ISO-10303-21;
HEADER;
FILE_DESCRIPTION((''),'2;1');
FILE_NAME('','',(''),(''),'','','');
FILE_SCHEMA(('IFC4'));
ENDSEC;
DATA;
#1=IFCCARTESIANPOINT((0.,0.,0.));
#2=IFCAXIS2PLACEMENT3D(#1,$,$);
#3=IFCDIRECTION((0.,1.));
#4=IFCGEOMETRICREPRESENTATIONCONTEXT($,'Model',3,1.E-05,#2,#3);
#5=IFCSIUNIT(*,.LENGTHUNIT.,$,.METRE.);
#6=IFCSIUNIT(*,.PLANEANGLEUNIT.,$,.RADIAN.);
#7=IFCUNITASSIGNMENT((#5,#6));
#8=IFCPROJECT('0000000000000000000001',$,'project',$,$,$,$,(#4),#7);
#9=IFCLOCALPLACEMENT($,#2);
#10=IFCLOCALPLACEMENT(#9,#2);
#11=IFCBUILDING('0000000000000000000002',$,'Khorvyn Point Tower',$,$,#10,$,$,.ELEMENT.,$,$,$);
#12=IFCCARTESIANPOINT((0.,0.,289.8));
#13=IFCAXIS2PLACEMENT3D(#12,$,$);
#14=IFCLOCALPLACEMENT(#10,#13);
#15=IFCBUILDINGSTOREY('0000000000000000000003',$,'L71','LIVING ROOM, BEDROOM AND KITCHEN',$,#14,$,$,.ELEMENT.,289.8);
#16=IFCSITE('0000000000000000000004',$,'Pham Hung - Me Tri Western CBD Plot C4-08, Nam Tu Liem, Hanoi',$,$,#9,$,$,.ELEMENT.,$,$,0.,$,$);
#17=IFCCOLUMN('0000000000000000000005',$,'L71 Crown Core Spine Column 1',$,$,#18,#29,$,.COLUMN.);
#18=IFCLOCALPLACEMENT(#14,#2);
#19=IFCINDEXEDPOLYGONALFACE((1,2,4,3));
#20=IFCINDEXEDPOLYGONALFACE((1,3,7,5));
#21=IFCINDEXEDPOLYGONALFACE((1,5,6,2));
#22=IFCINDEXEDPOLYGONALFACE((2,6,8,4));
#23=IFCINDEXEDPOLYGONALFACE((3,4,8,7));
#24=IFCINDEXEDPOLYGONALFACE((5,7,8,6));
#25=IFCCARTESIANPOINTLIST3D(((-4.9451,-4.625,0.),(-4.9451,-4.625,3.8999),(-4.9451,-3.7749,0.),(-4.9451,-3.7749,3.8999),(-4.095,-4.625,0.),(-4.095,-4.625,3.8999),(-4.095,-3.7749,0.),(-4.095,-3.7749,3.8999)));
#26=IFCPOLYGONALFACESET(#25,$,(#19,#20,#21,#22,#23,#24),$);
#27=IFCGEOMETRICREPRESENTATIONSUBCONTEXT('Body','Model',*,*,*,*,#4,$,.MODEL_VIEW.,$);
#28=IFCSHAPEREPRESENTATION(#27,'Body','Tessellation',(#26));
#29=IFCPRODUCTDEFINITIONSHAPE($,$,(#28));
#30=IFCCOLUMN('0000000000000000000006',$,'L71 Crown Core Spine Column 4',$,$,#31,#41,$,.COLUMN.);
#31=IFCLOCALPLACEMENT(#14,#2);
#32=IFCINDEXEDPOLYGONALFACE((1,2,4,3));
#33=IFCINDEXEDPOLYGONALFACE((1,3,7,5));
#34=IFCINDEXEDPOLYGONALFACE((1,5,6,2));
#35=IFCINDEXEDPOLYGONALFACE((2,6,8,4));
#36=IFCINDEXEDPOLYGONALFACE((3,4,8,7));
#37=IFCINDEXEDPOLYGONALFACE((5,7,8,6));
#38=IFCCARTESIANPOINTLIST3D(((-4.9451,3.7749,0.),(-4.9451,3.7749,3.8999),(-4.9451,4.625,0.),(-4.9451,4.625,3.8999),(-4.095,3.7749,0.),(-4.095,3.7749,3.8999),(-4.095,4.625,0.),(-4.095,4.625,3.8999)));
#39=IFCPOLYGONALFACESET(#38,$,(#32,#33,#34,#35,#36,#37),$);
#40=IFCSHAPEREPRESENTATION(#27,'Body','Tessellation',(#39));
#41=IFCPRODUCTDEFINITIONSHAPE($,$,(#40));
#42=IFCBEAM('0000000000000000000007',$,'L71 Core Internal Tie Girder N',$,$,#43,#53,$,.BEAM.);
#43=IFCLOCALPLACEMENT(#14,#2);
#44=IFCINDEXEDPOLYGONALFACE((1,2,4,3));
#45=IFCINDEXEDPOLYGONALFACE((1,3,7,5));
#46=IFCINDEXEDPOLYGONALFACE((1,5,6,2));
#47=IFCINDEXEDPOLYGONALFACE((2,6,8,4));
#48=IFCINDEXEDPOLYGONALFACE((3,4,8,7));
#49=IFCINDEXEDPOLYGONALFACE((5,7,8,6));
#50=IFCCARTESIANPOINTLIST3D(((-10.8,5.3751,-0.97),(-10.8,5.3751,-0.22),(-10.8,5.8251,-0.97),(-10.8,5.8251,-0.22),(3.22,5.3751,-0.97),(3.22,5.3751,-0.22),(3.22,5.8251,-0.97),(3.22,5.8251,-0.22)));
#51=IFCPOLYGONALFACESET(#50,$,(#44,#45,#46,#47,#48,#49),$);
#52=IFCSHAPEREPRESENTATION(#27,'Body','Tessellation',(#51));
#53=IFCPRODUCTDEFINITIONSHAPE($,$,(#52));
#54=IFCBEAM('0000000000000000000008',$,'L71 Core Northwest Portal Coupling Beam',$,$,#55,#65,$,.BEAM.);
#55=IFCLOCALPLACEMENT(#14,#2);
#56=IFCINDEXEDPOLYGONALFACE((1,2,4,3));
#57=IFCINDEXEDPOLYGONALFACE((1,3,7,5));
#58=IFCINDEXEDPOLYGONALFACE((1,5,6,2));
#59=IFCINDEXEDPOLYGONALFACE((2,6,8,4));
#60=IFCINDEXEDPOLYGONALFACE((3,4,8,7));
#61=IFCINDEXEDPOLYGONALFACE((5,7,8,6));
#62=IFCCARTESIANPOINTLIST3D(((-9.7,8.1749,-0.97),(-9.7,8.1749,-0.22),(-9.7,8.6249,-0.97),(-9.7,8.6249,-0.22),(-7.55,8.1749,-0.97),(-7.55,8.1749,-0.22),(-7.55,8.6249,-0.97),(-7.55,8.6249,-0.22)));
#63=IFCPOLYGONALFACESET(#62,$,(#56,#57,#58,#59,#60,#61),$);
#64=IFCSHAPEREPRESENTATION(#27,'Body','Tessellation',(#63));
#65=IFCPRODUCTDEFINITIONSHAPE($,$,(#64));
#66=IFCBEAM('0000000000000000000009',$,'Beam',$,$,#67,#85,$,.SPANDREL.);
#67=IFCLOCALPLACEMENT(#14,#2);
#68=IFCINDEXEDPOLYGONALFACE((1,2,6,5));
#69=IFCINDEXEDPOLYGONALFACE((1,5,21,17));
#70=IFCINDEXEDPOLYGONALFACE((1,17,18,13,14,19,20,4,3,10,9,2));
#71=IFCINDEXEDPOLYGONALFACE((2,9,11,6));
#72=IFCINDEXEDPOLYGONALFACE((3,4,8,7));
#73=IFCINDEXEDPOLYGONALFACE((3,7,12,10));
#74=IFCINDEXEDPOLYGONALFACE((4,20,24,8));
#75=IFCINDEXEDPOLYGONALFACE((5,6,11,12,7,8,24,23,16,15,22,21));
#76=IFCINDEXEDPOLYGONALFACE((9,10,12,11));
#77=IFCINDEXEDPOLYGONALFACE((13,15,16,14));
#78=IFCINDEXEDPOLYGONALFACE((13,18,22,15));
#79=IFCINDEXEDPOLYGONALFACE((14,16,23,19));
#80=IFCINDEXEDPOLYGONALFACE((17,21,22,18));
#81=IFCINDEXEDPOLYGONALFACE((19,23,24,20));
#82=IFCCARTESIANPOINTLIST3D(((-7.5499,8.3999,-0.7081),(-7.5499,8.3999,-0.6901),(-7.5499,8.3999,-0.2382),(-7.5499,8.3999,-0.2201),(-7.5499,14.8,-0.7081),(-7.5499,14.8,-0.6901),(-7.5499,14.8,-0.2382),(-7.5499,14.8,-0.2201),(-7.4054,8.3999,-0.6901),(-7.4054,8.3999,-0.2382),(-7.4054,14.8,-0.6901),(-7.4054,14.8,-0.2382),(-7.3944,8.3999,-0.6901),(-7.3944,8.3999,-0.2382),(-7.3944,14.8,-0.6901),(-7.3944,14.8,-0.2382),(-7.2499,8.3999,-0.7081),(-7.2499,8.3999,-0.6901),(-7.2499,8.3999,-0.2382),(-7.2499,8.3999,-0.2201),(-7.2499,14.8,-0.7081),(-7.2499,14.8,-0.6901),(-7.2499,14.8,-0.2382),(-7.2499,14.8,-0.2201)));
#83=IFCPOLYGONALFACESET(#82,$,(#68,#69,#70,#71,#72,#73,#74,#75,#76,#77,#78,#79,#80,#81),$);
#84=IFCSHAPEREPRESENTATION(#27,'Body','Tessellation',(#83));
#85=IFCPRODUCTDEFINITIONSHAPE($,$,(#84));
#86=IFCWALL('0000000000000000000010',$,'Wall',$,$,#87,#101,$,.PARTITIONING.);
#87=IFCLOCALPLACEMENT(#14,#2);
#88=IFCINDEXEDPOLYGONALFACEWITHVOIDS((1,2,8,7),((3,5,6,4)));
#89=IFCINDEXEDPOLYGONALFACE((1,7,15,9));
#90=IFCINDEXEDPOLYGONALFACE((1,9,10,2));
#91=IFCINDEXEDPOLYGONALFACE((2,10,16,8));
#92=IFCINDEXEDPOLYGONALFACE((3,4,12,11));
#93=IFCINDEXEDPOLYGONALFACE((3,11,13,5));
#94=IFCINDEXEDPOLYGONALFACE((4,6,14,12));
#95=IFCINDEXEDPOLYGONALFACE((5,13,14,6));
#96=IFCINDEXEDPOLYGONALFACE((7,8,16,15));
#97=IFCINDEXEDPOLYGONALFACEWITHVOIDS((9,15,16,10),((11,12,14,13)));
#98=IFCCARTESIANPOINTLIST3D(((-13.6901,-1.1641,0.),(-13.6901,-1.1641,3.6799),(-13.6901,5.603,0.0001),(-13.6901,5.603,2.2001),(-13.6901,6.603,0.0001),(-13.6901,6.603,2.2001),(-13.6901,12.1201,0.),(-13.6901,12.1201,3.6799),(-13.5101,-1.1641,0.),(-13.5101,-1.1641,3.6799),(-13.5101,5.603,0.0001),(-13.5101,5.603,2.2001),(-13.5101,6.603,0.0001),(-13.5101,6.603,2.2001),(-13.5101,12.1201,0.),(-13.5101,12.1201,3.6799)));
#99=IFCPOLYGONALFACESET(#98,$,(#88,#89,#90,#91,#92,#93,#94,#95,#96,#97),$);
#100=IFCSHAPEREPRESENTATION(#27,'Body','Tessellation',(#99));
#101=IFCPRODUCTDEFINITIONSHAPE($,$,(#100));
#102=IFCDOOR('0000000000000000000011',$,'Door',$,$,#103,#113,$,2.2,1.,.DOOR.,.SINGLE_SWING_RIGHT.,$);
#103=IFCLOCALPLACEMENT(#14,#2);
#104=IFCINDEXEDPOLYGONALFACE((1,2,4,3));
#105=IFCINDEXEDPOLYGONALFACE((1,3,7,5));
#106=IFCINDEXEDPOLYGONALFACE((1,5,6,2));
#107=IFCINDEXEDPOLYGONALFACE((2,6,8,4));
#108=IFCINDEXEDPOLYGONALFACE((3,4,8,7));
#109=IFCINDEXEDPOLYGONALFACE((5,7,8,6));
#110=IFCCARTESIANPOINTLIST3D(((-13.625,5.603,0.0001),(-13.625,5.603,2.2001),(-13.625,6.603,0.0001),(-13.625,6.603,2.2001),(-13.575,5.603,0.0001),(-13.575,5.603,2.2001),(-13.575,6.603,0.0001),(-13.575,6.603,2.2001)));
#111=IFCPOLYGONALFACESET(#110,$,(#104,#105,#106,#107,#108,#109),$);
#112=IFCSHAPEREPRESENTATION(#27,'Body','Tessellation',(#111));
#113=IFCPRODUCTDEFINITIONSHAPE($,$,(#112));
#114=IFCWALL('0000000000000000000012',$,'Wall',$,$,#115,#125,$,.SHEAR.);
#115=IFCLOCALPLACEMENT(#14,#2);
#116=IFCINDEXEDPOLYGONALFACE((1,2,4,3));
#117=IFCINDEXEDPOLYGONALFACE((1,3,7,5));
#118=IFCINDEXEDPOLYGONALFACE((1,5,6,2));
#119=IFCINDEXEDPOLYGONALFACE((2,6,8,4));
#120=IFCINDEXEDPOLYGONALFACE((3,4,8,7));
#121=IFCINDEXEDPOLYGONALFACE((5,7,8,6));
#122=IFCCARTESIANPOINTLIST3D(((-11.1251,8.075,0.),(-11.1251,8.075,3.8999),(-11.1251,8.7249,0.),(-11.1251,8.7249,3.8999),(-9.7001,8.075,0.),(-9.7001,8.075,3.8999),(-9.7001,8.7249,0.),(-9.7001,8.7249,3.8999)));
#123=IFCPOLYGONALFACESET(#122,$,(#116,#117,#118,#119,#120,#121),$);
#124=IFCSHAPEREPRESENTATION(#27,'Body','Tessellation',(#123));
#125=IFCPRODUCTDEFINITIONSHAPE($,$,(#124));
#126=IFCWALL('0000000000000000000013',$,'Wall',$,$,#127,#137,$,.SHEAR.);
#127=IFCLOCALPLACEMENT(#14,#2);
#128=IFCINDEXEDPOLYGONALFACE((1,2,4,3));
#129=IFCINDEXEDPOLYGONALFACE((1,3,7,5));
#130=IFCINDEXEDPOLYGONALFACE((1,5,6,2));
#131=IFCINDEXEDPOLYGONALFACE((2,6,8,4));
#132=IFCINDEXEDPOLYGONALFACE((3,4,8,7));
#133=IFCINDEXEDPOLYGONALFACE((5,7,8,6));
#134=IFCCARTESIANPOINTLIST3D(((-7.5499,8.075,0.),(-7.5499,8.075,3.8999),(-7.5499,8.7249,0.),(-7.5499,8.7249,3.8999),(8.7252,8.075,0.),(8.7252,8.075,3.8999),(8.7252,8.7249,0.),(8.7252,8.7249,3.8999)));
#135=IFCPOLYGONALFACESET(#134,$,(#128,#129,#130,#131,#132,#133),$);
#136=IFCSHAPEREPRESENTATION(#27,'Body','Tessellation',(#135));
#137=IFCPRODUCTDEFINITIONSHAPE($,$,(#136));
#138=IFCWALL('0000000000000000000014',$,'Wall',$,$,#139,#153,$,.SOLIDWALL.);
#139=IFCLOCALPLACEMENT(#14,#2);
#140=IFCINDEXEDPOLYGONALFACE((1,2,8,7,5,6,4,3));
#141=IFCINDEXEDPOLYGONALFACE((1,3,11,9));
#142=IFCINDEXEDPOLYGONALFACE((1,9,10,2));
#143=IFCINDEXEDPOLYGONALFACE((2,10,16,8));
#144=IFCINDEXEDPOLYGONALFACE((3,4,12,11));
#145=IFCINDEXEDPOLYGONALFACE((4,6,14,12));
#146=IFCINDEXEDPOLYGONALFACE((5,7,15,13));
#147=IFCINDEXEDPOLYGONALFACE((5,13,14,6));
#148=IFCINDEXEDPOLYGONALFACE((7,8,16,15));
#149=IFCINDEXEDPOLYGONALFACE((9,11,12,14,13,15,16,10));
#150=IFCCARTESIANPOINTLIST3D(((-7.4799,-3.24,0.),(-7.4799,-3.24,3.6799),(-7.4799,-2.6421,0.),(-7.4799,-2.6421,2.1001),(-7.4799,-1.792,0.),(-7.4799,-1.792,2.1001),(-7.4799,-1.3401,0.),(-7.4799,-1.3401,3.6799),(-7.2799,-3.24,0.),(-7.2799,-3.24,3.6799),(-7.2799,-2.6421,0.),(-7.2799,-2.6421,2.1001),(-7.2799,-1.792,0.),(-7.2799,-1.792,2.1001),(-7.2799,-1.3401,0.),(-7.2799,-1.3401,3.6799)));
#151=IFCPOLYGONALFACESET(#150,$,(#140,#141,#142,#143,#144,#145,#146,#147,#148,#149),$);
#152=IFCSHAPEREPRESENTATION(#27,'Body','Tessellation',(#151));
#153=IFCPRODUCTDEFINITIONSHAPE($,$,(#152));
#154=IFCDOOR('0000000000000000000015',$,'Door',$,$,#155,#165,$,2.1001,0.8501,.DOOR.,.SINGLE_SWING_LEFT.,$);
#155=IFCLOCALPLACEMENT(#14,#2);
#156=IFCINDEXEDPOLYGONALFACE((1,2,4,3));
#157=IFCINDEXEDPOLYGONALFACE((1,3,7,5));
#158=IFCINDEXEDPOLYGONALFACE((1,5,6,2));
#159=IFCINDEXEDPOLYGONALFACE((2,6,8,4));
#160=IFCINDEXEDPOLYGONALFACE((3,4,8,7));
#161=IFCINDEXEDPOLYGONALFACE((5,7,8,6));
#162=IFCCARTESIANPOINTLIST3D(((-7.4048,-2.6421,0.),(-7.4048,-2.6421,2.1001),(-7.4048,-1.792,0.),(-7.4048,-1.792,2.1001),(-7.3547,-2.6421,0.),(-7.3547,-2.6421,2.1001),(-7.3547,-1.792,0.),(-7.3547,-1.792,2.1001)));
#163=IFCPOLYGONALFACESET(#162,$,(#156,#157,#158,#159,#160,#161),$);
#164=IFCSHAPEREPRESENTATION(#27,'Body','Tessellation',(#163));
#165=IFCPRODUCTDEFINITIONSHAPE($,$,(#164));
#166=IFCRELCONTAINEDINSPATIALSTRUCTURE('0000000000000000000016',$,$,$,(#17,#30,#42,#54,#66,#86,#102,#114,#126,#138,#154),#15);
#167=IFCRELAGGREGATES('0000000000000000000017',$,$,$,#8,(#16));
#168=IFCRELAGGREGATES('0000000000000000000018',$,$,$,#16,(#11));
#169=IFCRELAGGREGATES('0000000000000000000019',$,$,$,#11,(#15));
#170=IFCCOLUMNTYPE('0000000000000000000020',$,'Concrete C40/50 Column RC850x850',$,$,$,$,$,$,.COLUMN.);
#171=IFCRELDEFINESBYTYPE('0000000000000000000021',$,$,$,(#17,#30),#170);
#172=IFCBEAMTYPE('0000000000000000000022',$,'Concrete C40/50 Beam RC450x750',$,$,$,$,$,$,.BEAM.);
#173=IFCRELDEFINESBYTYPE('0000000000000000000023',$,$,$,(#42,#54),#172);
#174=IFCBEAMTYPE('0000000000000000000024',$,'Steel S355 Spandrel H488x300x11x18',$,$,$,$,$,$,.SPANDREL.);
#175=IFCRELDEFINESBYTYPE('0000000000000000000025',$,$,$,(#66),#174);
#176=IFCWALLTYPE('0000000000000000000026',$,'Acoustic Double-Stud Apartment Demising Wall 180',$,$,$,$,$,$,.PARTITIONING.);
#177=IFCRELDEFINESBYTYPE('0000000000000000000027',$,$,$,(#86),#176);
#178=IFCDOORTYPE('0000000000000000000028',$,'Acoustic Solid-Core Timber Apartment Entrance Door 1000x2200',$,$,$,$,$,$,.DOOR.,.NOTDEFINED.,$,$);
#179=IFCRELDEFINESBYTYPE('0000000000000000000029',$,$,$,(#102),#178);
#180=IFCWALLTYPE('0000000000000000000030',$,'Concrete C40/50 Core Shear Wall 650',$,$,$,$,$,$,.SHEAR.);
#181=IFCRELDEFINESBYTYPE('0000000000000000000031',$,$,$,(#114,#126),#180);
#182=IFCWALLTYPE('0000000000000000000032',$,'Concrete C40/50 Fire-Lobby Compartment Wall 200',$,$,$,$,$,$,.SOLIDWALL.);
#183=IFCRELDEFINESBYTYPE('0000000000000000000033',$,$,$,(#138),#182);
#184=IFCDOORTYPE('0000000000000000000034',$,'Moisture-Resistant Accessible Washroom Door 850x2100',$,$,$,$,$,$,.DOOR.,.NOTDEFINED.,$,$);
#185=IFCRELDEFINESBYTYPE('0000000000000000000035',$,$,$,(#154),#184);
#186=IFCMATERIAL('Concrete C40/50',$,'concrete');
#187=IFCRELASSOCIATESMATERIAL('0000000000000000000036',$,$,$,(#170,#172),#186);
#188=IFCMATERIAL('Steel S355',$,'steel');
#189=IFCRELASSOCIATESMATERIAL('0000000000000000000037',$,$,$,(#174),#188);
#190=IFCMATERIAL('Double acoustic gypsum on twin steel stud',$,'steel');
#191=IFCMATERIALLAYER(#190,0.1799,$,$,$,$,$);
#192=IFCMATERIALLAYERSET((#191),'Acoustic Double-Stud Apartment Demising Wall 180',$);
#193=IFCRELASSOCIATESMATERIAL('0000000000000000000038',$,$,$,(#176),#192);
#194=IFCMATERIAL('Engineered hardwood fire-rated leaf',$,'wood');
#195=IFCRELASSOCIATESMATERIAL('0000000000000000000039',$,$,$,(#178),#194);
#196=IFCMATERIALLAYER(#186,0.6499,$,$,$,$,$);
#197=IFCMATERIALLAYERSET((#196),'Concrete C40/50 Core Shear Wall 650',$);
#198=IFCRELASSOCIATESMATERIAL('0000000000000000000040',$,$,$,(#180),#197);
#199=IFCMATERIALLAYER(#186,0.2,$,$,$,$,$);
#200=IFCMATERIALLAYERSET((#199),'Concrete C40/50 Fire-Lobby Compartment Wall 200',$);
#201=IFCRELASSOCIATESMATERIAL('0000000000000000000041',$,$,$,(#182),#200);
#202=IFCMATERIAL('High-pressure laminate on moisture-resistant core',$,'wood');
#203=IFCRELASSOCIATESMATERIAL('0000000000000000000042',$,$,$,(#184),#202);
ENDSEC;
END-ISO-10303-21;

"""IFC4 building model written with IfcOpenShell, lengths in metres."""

from ifc_helpers import new_model, si_unit, direction, frame, frame_2d, origin, origin_2d, place, context, subcontext, project, spatial, rectangle, i_section, extrude, material, layer, layer_set, material_profile, profile_set, type_object, element, fill, save


model = new_model("IFC4")

# Units and contexts
model_context = context("Model", 3, precision=1e-05, world=origin(), true_north=direction((0.0, 1.0)))
body_context = subcontext(model_context, "Body", "Model", "MODEL_VIEW")
ifc_project = project(units=[si_unit("LENGTHUNIT", "METRE"), si_unit("PLANEANGLEUNIT", "RADIAN")], contexts=[model_context])

# Site, building, storey
site_placement = place(None, origin())
site = spatial("IfcSite", under=ifc_project, at=site_placement, Name="Pham Hung - Me Tri Western CBD Plot C4-08, Nam Tu Liem, Hanoi", CompositionType="ELEMENT", RefElevation=0.0)
building_placement = place(site_placement, origin())
building = spatial("IfcBuilding", under=site, at=building_placement, Name="Khorvyn Point Tower", CompositionType="ELEMENT")
storey_placement = place(building_placement, frame((0.0, 0.0, 289.8)))
storey = spatial("IfcBuildingStorey", under=building, at=storey_placement, Name="L71", Description="LIVING ROOM, BEDROOM AND KITCHEN", CompositionType="ELEMENT", Elevation=289.8)

# Columns
ifc_material_1 = material(Name="Concrete C40/50", Category="concrete")
ifc_material_profile_1 = material_profile(ifc_material_1, rectangle(XDim=0.8501, YDim=0.8501, at=origin_2d()))
ifc_profile_set_1 = profile_set([ifc_material_profile_1], Name="Concrete C40/50 RC850x850")
column_type = type_object("IfcColumnType", Name="Concrete C40/50 Column RC850x850", PredefinedType="COLUMN", material=ifc_profile_set_1)
for number, where, z_axis, x_axis, name in (
    (1, (-4.52, -4.2, 0.0), (0.0, 0.0, 1.0), (1.0, 0.0, 0.0), "L71 Crown Core Spine Column 1"),
    (2, (-4.52, 4.2, 0.0), (0.0, 0.0, 1.0), (1.0, 0.0, 0.0), "L71 Crown Core Spine Column 4"),
):
    element("IfcColumn", number, at=place(storey_placement, frame(where, z_axis=z_axis, x_axis=x_axis)), inside=storey, type_object=column_type, Name=name, PredefinedType="COLUMN", context=body_context, shape_type="SweptSolid", body=[
        extrude(rectangle(XDim=0.8501, YDim=0.8501, at=origin_2d()), origin(), (0.0, 0.0, 1.0), 3.8999),
    ])

# Beams
ifc_material_profile_2 = material_profile(ifc_material_1, rectangle(XDim=0.45, YDim=0.75, at=origin_2d()))
ifc_profile_set_2 = profile_set([ifc_material_profile_2], Name="Concrete C40/50 RC450x750")
beam_type_1 = type_object("IfcBeamType", Name="Concrete C40/50 Beam RC450x750", PredefinedType="BEAM", material=ifc_profile_set_2)
beam_1_placement = place(storey_placement, frame((-10.8, 5.6001, -0.595), z_axis=(1.0, 0.0, 0.0), x_axis=(0.0, 1.0, 0.0)))
element("IfcBeam", 3, at=beam_1_placement, inside=storey, type_object=beam_type_1, Name="L71 Core Internal Tie Girder N", PredefinedType="BEAM", context=body_context, shape_type="SweptSolid", body=[
    extrude(rectangle(XDim=0.45, YDim=0.75, at=origin_2d()), origin(), (0.0, 0.0, 1.0), 14.02),
])
beam_2_placement = place(storey_placement, frame((-9.7, 8.3999, -0.595), z_axis=(1.0, 0.0, 0.0), x_axis=(0.0, 1.0, 0.0)))
element("IfcBeam", 4, at=beam_2_placement, inside=storey, type_object=beam_type_1, Name="L71 Core Northwest Portal Coupling Beam", PredefinedType="BEAM", context=body_context, shape_type="SweptSolid", body=[
    extrude(rectangle(XDim=0.45, YDim=0.75, at=origin_2d()), origin(), (0.0, 0.0, 1.0), 2.1499),
])
ifc_material_2 = material(Name="Steel S355", Category="steel")
ifc_material_profile_3 = material_profile(ifc_material_2, i_section(OverallWidth=0.3, OverallDepth=0.488, WebThickness=0.011, FlangeThickness=0.0181, at=origin_2d()))
ifc_profile_set_3 = profile_set([ifc_material_profile_3], Name="Steel S355 H488x300x11x18")
beam_type_2 = type_object("IfcBeamType", Name="Steel S355 Spandrel H488x300x11x18", PredefinedType="SPANDREL", material=ifc_profile_set_3)
beam_3_placement = place(storey_placement, frame((-7.3999, 8.3999, -0.4641), z_axis=(0.0, 1.0, 0.0), x_axis=(-1.0, 0.0, 0.0)))
element("IfcBeam", 5, at=beam_3_placement, inside=storey, type_object=beam_type_2, Name="Beam", PredefinedType="SPANDREL", context=body_context, shape_type="SweptSolid", body=[
    extrude(i_section(OverallWidth=0.3, OverallDepth=0.488, WebThickness=0.011, FlangeThickness=0.0181, at=origin_2d()), origin(), (0.0, 0.0, 1.0), 6.4001),
])

# Wall, opening, door
ifc_material_3 = material(Name="Double acoustic gypsum on twin steel stud", Category="steel")
ifc_layer_1 = layer(ifc_material_3, 0.1799)
ifc_layer_set_1 = layer_set([ifc_layer_1], Name="Acoustic Double-Stud Apartment Demising Wall 180")
wall_type_1 = type_object("IfcWallType", Name="Acoustic Double-Stud Apartment Demising Wall 180", PredefinedType="PARTITIONING", material=ifc_layer_set_1)
wall_1_placement = place(storey_placement, frame((-13.6001, -1.1641, 0.0), z_axis=(0.0, 0.0, 1.0), x_axis=(0.0, 1.0, 0.0)))
wall_1 = element("IfcWall", 6, at=wall_1_placement, inside=storey, type_object=wall_type_1, Name="Wall", PredefinedType="PARTITIONING", context=body_context, shape_type="SweptSolid", body=[
    extrude(rectangle(XDim=13.2842, YDim=0.1799, at=frame_2d((6.6421, 0.0))), origin(), (0.0, 0.0, 1.0), 3.6799),
])
opening_1_placement = place(wall_1_placement, frame((6.7671, 0.0, 0.0)))
opening_1 = element("IfcOpeningElement", 7, at=opening_1_placement, cuts=wall_1, PredefinedType="OPENING", context=body_context, shape_type="SweptSolid", body=[
    extrude(rectangle(XDim=1.0, YDim=2.2, at=frame_2d((0.5, 1.1001))), frame((0.0, 0.0999, 0.0), z_axis=(0.0, -1.0, 0.0), x_axis=(1.0, 0.0, 0.0)), (0.0, 0.0, 1.0), 0.2),
])
ifc_material_4 = material(Name="Engineered hardwood fire-rated leaf", Category="wood")
door_type_1 = type_object("IfcDoorType", Name="Acoustic Solid-Core Timber Apartment Entrance Door 1000x2200", OperationType="NOTDEFINED", PredefinedType="DOOR", material=ifc_material_4)
door_1_placement = place(opening_1_placement, origin())
door_1 = element("IfcDoor", 8, at=door_1_placement, inside=storey, type_object=door_type_1, Name="Door", OperationType="SINGLE_SWING_RIGHT", OverallHeight=2.2, OverallWidth=1.0, PredefinedType="DOOR", context=body_context, shape_type="SweptSolid", body=[
    extrude(rectangle(XDim=1.0, YDim=2.2, at=frame_2d((0.5, 1.1001))), frame((0.0, 0.0249, 0.0), z_axis=(0.0, -1.0, 0.0), x_axis=(1.0, 0.0, 0.0)), (0.0, 0.0, 1.0), 0.05),
])
fill(opening_1, door_1)

# Walls
ifc_layer_2 = layer(ifc_material_1, 0.6499)
ifc_layer_set_2 = layer_set([ifc_layer_2], Name="Concrete C40/50 Core Shear Wall 650")
wall_type_2 = type_object("IfcWallType", Name="Concrete C40/50 Core Shear Wall 650", PredefinedType="SHEAR", material=ifc_layer_set_2)
wall_2_placement = place(storey_placement, frame((-11.125, 8.3999, 0.0), z_axis=(0.0, 0.0, 1.0), x_axis=(1.0, 0.0, 0.0)))
element("IfcWall", 9, at=wall_2_placement, inside=storey, type_object=wall_type_2, Name="Wall", PredefinedType="SHEAR", context=body_context, shape_type="SweptSolid", body=[
    extrude(rectangle(XDim=1.425, YDim=0.6499, at=frame_2d((0.7124, 0.0))), origin(), (0.0, 0.0, 1.0), 3.8999),
])
wall_3_placement = place(storey_placement, frame((-7.55, 8.3999, 0.0), z_axis=(0.0, 0.0, 1.0), x_axis=(1.0, 0.0, 0.0)))
element("IfcWall", 10, at=wall_3_placement, inside=storey, type_object=wall_type_2, Name="Wall", PredefinedType="SHEAR", context=body_context, shape_type="SweptSolid", body=[
    extrude(rectangle(XDim=16.2751, YDim=0.6499, at=frame_2d((8.1377, 0.0))), origin(), (0.0, 0.0, 1.0), 3.8999),
])

# Wall, opening, door
ifc_layer_3 = layer(ifc_material_1, 0.2)
ifc_layer_set_3 = layer_set([ifc_layer_3], Name="Concrete C40/50 Fire-Lobby Compartment Wall 200")
wall_type_3 = type_object("IfcWallType", Name="Concrete C40/50 Fire-Lobby Compartment Wall 200", PredefinedType="SOLIDWALL", material=ifc_layer_set_3)
wall_4_placement = place(storey_placement, frame((-7.3799, -3.24, 0.0), z_axis=(0.0, 0.0, 1.0), x_axis=(0.0, 1.0, 0.0)))
wall_4 = element("IfcWall", 11, at=wall_4_placement, inside=storey, type_object=wall_type_3, Name="Wall", PredefinedType="SOLIDWALL", context=body_context, shape_type="SweptSolid", body=[
    extrude(rectangle(XDim=1.8999, YDim=0.2, at=frame_2d((0.95, 0.0))), origin(), (0.0, 0.0, 1.0), 3.6799),
])
opening_2_placement = place(wall_4_placement, frame((0.5979, 0.0, 0.0)))
opening_2 = element("IfcOpeningElement", 12, at=opening_2_placement, cuts=wall_4, PredefinedType="OPENING", context=body_context, shape_type="SweptSolid", body=[
    extrude(rectangle(XDim=0.8501, YDim=2.1001, at=frame_2d((0.425, 1.05))), frame((0.0, 0.1099, 0.0), z_axis=(0.0, -1.0, 0.0), x_axis=(1.0, 0.0, 0.0)), (0.0, 0.0, 1.0), 0.22),
])
ifc_material_5 = material(Name="High-pressure laminate on moisture-resistant core", Category="wood")
door_type_2 = type_object("IfcDoorType", Name="Moisture-Resistant Accessible Washroom Door 850x2100", OperationType="NOTDEFINED", PredefinedType="DOOR", material=ifc_material_5)
door_2_placement = place(opening_2_placement, origin())
door_2 = element("IfcDoor", 13, at=door_2_placement, inside=storey, type_object=door_type_2, Name="Door", OperationType="SINGLE_SWING_LEFT", OverallHeight=2.1001, OverallWidth=0.8501, PredefinedType="DOOR", context=body_context, shape_type="SweptSolid", body=[
    extrude(rectangle(XDim=0.8501, YDim=2.1001, at=frame_2d((0.425, 1.05))), frame((0.0, 0.0249, 0.0), z_axis=(0.0, -1.0, 0.0), x_axis=(1.0, 0.0, 0.0)), (0.0, 0.0, 1.0), 0.05),
])
fill(opening_2, door_2)

save(model, "model.ifc")
